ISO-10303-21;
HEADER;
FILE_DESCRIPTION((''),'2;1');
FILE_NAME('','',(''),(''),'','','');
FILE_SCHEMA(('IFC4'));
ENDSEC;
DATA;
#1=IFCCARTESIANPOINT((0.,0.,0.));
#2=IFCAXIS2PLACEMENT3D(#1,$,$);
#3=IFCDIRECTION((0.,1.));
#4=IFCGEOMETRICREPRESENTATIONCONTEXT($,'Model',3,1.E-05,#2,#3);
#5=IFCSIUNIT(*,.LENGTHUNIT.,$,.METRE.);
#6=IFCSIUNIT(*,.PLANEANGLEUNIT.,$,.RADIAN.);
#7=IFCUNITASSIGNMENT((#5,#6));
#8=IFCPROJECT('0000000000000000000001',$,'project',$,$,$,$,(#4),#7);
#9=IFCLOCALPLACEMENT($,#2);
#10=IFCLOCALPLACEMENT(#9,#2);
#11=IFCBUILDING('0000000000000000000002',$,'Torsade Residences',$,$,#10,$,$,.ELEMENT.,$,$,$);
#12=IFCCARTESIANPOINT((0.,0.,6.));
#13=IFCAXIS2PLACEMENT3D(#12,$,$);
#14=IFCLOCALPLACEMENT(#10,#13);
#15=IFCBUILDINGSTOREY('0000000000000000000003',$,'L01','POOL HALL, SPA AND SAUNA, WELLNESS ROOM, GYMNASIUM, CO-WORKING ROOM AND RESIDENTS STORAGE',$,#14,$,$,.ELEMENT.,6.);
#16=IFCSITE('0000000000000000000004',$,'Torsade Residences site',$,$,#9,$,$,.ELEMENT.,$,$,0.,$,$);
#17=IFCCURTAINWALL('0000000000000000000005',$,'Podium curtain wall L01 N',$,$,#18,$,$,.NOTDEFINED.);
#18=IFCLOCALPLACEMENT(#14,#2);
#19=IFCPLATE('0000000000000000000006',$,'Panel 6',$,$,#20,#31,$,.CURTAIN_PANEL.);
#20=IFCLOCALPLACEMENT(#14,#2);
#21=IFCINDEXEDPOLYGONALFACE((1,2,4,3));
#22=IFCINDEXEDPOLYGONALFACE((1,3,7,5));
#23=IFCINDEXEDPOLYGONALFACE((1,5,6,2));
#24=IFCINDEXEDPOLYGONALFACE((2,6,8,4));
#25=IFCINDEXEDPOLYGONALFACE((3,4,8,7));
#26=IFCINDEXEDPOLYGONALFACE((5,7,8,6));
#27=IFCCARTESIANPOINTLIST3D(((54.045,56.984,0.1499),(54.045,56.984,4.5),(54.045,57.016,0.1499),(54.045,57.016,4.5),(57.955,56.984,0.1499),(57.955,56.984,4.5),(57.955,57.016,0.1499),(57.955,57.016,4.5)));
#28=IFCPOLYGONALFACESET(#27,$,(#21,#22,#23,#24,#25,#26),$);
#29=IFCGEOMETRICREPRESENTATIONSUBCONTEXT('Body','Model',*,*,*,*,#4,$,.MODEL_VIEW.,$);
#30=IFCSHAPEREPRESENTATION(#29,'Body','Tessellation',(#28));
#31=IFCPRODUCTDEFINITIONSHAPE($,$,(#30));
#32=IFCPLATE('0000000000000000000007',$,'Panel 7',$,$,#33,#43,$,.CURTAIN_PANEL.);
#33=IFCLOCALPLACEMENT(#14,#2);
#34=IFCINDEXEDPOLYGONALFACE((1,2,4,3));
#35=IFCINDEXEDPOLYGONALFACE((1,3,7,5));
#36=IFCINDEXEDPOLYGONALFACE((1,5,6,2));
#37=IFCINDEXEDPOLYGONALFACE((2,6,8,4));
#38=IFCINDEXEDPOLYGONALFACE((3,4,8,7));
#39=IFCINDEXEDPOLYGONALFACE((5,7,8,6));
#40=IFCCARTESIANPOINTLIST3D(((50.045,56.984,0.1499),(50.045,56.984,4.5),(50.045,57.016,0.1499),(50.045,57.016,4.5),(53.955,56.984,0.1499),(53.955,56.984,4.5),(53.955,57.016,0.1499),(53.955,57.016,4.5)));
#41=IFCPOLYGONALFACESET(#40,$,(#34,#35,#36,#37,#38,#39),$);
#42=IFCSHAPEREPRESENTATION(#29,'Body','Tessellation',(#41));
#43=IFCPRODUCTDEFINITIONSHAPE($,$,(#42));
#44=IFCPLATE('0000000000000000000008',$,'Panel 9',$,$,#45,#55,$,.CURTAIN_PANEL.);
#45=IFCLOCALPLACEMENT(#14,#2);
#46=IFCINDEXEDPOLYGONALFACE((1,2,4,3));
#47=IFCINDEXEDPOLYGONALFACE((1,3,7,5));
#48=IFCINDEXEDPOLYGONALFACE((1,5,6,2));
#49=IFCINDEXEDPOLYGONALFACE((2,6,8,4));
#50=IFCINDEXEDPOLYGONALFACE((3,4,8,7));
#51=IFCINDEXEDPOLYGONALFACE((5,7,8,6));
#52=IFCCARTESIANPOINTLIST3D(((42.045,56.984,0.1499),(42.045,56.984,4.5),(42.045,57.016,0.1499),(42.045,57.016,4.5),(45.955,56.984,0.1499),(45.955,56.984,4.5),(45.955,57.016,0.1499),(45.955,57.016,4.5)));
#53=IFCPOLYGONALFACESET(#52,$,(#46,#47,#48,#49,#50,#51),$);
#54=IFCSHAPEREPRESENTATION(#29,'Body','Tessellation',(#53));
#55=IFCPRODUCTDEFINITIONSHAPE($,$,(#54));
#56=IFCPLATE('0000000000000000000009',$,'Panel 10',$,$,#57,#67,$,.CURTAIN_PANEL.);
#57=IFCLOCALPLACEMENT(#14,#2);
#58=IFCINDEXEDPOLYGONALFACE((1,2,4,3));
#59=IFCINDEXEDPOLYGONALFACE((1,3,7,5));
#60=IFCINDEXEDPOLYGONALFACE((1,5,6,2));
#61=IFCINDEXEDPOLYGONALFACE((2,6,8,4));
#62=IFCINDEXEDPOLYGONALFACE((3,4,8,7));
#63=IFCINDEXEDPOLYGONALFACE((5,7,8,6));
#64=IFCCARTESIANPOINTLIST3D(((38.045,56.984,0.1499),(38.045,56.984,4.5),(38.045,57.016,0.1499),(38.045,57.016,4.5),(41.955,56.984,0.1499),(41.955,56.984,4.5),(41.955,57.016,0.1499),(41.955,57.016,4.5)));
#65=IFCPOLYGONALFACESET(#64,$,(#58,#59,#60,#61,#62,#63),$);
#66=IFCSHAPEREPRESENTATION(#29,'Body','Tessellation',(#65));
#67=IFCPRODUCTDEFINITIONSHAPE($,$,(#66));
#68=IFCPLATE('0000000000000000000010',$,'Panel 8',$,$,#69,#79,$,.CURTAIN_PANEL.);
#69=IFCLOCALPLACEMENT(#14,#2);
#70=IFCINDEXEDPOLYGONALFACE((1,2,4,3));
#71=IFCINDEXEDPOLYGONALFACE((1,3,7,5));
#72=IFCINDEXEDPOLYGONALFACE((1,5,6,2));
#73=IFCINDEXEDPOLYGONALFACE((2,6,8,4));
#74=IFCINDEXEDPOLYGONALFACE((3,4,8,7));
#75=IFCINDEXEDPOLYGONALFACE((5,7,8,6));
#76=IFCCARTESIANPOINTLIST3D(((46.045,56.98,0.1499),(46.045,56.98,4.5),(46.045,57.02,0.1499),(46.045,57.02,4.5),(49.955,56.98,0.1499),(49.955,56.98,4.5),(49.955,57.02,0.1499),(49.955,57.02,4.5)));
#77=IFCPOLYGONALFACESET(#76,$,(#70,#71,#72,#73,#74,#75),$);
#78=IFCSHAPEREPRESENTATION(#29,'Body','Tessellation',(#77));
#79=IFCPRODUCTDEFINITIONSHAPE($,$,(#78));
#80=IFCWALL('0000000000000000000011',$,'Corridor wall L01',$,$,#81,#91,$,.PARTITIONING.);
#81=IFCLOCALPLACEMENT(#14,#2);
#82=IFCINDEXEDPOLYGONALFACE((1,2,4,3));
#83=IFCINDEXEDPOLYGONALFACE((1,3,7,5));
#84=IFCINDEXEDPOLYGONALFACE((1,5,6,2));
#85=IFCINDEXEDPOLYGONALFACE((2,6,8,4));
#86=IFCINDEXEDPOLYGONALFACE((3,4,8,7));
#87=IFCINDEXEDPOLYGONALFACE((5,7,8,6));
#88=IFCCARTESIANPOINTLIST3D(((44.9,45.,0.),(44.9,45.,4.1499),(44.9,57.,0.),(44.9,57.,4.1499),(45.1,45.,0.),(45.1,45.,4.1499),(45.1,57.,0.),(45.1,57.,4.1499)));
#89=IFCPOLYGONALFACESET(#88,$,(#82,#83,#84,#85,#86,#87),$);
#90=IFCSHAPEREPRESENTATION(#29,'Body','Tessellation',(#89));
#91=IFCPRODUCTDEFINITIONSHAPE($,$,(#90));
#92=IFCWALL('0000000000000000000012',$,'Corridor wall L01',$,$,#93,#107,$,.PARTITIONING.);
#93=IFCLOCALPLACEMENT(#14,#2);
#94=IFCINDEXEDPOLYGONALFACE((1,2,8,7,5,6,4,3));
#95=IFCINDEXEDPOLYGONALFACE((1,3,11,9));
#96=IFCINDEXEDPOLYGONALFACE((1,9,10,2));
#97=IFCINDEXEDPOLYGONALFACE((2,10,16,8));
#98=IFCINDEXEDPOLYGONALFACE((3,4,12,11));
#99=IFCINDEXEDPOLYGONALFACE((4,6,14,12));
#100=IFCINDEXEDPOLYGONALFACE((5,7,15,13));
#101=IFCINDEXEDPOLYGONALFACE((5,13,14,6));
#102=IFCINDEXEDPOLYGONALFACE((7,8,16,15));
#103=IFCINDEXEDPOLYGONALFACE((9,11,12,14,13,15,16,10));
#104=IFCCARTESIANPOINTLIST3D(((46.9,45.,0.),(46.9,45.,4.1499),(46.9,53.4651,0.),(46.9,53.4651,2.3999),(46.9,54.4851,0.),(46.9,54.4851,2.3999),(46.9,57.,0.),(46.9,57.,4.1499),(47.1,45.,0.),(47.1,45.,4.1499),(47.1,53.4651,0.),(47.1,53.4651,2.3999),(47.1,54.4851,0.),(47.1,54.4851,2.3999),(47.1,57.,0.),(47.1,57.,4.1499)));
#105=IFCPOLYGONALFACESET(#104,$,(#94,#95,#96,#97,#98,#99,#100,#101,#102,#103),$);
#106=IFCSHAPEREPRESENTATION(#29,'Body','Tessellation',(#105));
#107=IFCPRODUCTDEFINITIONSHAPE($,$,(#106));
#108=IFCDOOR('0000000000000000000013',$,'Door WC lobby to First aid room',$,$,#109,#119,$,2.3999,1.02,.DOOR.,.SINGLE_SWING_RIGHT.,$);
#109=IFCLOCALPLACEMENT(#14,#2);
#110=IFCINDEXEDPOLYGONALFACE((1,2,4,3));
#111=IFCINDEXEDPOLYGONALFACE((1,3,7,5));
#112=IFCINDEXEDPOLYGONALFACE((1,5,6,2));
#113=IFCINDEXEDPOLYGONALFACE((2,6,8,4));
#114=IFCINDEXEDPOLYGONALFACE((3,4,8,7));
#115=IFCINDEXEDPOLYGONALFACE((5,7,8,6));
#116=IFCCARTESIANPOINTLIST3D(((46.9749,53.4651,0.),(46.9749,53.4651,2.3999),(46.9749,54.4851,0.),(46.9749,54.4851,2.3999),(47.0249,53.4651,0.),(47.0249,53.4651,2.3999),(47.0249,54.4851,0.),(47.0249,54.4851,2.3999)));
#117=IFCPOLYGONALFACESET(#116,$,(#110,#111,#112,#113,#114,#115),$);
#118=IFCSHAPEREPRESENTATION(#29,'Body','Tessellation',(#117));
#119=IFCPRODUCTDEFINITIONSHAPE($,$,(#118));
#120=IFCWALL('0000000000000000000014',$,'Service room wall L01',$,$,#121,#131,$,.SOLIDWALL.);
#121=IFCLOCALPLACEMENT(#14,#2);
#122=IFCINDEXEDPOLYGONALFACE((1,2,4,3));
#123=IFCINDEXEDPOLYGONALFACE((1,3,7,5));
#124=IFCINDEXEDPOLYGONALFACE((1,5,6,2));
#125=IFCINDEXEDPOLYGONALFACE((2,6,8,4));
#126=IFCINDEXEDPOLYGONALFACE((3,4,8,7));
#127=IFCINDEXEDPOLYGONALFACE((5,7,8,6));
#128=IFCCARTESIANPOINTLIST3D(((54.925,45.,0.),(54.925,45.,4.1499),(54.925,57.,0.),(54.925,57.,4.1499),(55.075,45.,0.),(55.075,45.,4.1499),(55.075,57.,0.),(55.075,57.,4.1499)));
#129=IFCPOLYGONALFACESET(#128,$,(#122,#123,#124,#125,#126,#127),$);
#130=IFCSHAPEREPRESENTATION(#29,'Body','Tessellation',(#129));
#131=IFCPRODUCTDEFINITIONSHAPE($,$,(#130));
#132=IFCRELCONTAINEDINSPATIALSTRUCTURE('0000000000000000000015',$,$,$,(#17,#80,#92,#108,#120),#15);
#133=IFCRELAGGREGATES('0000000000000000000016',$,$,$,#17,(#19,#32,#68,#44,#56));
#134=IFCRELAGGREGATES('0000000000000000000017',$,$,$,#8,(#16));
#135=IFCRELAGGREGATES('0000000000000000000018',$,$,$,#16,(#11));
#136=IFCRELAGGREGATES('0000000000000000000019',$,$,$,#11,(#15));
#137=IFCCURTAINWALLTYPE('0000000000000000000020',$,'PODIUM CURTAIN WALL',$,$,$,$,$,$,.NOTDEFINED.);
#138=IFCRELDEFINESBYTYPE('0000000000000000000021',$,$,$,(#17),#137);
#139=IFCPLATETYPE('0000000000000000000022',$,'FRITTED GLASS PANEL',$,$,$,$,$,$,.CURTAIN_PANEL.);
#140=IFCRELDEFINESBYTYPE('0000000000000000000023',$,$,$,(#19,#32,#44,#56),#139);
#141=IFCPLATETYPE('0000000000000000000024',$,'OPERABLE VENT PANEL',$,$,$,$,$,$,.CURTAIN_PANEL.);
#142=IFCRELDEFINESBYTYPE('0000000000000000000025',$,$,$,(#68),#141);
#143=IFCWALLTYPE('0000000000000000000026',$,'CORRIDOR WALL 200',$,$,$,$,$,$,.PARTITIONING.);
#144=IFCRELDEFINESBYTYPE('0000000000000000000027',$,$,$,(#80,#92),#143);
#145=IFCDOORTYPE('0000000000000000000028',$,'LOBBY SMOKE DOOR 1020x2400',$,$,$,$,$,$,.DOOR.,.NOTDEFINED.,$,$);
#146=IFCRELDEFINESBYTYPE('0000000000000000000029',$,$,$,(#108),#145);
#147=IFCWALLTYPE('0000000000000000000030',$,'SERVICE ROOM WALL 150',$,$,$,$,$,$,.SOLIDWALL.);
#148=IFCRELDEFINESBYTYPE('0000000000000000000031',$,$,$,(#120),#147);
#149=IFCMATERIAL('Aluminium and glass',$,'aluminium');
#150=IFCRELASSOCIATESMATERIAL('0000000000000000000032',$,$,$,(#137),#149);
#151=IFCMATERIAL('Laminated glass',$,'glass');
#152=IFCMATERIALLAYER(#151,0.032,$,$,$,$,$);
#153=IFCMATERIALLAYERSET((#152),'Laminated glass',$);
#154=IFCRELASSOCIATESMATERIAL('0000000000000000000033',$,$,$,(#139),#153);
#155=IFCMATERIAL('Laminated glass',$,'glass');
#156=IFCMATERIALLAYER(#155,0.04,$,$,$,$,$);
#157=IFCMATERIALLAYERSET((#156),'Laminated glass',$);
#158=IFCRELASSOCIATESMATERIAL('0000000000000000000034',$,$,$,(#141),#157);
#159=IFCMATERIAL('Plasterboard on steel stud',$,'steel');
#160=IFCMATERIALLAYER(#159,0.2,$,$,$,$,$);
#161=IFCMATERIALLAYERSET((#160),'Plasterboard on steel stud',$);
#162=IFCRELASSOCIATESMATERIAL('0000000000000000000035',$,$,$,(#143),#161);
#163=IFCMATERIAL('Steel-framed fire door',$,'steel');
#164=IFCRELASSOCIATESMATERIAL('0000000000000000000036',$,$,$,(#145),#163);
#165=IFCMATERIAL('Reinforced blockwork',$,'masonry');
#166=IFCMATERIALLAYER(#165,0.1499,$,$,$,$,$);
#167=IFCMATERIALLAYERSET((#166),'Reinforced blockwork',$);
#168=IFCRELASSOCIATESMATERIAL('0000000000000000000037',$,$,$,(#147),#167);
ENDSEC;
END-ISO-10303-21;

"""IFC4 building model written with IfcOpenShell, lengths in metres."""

from ifc_helpers import new_model, si_unit, direction, frame, frame_2d, origin, origin_2d, place, context, subcontext, project, spatial, rectangle, extrude, material, layer, layer_set, type_object, element, fill, aggregate, save


model = new_model("IFC4")

# Units and contexts
model_context = context("Model", 3, precision=1e-05, world=origin(), true_north=direction((0.0, 1.0)))
body_context = subcontext(model_context, "Body", "Model", "MODEL_VIEW")
ifc_project = project(units=[si_unit("LENGTHUNIT", "METRE"), si_unit("PLANEANGLEUNIT", "RADIAN")], contexts=[model_context])

# Site, building, storey
site_placement = place(None, origin())
site = spatial("IfcSite", under=ifc_project, at=site_placement, Name="Torsade Residences site", CompositionType="ELEMENT", RefElevation=0.0)
building_placement = place(site_placement, origin())
building = spatial("IfcBuilding", under=site, at=building_placement, Name="Torsade Residences", CompositionType="ELEMENT")
storey_placement = place(building_placement, frame((0.0, 0.0, 6.0)))
storey = spatial("IfcBuildingStorey", under=building, at=storey_placement, Name="L01", Description="POOL HALL, SPA AND SAUNA, WELLNESS ROOM, GYMNASIUM, CO-WORKING ROOM AND RESIDENTS STORAGE", CompositionType="ELEMENT", Elevation=6.0)

# Curtain wall, plates
ifc_material_1 = material(Name="Aluminium and glass", Category="aluminium")
curtain_wall_type = type_object("IfcCurtainWallType", Name="PODIUM CURTAIN WALL", PredefinedType="NOTDEFINED", material=ifc_material_1)
curtain_wall_placement = place(storey_placement, origin())
curtain_wall = element("IfcCurtainWall", 1, at=curtain_wall_placement, inside=storey, type_object=curtain_wall_type, Name="Podium curtain wall L01 N", PredefinedType="NOTDEFINED")
ifc_material_2 = material(Name="Laminated glass", Category="glass")
ifc_layer_1 = layer(ifc_material_2, 0.032)
ifc_layer_set_1 = layer_set([ifc_layer_1], Name="Laminated glass")
plate_type_1 = type_object("IfcPlateType", Name="FRITTED GLASS PANEL", PredefinedType="CURTAIN_PANEL", material=ifc_layer_set_1)
plate_1_placement = place(storey_placement, frame((56.0, 57.0, 0.1499), z_axis=(0.0, 0.0, 1.0), x_axis=(-1.0, 0.0, 0.0)))
plate_1 = element("IfcPlate", 2, at=plate_1_placement, type_object=plate_type_1, Name="Panel 6", PredefinedType="CURTAIN_PANEL", context=body_context, shape_type="SweptSolid", body=[
    extrude(rectangle(XDim=3.9099, YDim=0.032, at=origin_2d()), origin(), (0.0, 0.0, 1.0), 4.3501),
])
plate_2_placement = place(storey_placement, frame((52.0, 57.0, 0.1499), z_axis=(0.0, 0.0, 1.0), x_axis=(-1.0, 0.0, 0.0)))
plate_2 = element("IfcPlate", 3, at=plate_2_placement, type_object=plate_type_1, Name="Panel 7", PredefinedType="CURTAIN_PANEL", context=body_context, shape_type="SweptSolid", body=[
    extrude(rectangle(XDim=3.9099, YDim=0.032, at=origin_2d()), origin(), (0.0, 0.0, 1.0), 4.3501),
])
plate_3_placement = place(storey_placement, frame((44.0, 57.0, 0.1499), z_axis=(0.0, 0.0, 1.0), x_axis=(-1.0, 0.0, 0.0)))
plate_3 = element("IfcPlate", 4, at=plate_3_placement, type_object=plate_type_1, Name="Panel 9", PredefinedType="CURTAIN_PANEL", context=body_context, shape_type="SweptSolid", body=[
    extrude(rectangle(XDim=3.9099, YDim=0.032, at=origin_2d()), origin(), (0.0, 0.0, 1.0), 4.3501),
])
plate_4_placement = place(storey_placement, frame((40.0, 57.0, 0.1499), z_axis=(0.0, 0.0, 1.0), x_axis=(-1.0, 0.0, 0.0)))
plate_4 = element("IfcPlate", 5, at=plate_4_placement, type_object=plate_type_1, Name="Panel 10", PredefinedType="CURTAIN_PANEL", context=body_context, shape_type="SweptSolid", body=[
    extrude(rectangle(XDim=3.9099, YDim=0.032, at=origin_2d()), origin(), (0.0, 0.0, 1.0), 4.3501),
])
ifc_material_3 = material(Name="Laminated glass", Category="glass")
ifc_layer_2 = layer(ifc_material_3, 0.04)
ifc_layer_set_2 = layer_set([ifc_layer_2], Name="Laminated glass")
plate_type_2 = type_object("IfcPlateType", Name="OPERABLE VENT PANEL", PredefinedType="CURTAIN_PANEL", material=ifc_layer_set_2)
plate_5_placement = place(storey_placement, frame((48.0, 57.0, 0.1499), z_axis=(0.0, 0.0, 1.0), x_axis=(-1.0, 0.0, 0.0)))
plate_5 = element("IfcPlate", 6, at=plate_5_placement, type_object=plate_type_2, Name="Panel 8", PredefinedType="CURTAIN_PANEL", context=body_context, shape_type="SweptSolid", body=[
    extrude(rectangle(XDim=3.9099, YDim=0.04, at=origin_2d()), origin(), (0.0, 0.0, 1.0), 4.3501),
])
aggregate(curtain_wall, [plate_1, plate_2, plate_5, plate_3, plate_4])

# Wall
ifc_material_4 = material(Name="Plasterboard on steel stud", Category="steel")
ifc_layer_3 = layer(ifc_material_4, 0.2)
ifc_layer_set_3 = layer_set([ifc_layer_3], Name="Plasterboard on steel stud")
wall_type_1 = type_object("IfcWallType", Name="CORRIDOR WALL 200", PredefinedType="PARTITIONING", material=ifc_layer_set_3)
wall_1_placement = place(storey_placement, frame((45.0, 57.0, 0.0), z_axis=(0.0, 0.0, 1.0), x_axis=(0.0, -1.0, 0.0)))
element("IfcWall", 7, at=wall_1_placement, inside=storey, type_object=wall_type_1, Name="Corridor wall L01", PredefinedType="PARTITIONING", context=body_context, shape_type="SweptSolid", body=[
    extrude(rectangle(XDim=12.0, YDim=0.2, at=frame_2d((6.0, 0.0))), origin(), (0.0, 0.0, 1.0), 4.1499),
])

# Wall, opening, door
wall_2_placement = place(storey_placement, frame((47.0, 57.0, 0.0), z_axis=(0.0, 0.0, 1.0), x_axis=(0.0, -1.0, 0.0)))
wall_2 = element("IfcWall", 8, at=wall_2_placement, inside=storey, type_object=wall_type_1, Name="Corridor wall L01", PredefinedType="PARTITIONING", context=body_context, shape_type="SweptSolid", body=[
    extrude(rectangle(XDim=12.0, YDim=0.2, at=frame_2d((6.0, 0.0))), origin(), (0.0, 0.0, 1.0), 4.1499),
])
opening_placement = place(wall_2_placement, frame((2.5149, 0.0, 0.0)))
opening = element("IfcOpeningElement", 9, at=opening_placement, cuts=wall_2, PredefinedType="OPENING", context=body_context, shape_type="SweptSolid", body=[
    extrude(rectangle(XDim=1.02, YDim=2.3999, at=frame_2d((0.51, 1.2))), frame((0.0, 0.1099, 0.0), z_axis=(0.0, -1.0, 0.0), x_axis=(1.0, 0.0, 0.0)), (0.0, 0.0, 1.0), 0.22),
])
ifc_material_5 = material(Name="Steel-framed fire door", Category="steel")
door_type = type_object("IfcDoorType", Name="LOBBY SMOKE DOOR 1020x2400", OperationType="NOTDEFINED", PredefinedType="DOOR", material=ifc_material_5)
door_placement = place(opening_placement, origin())
door = element("IfcDoor", 10, at=door_placement, inside=storey, type_object=door_type, Name="Door WC lobby to First aid room", OperationType="SINGLE_SWING_RIGHT", OverallHeight=2.3999, OverallWidth=1.02, PredefinedType="DOOR", context=body_context, shape_type="SweptSolid", body=[
    extrude(rectangle(XDim=1.02, YDim=2.3999, at=frame_2d((0.51, 1.2))), frame((0.0, 0.0249, 0.0), z_axis=(0.0, -1.0, 0.0), x_axis=(1.0, 0.0, 0.0)), (0.0, 0.0, 1.0), 0.05),
])
fill(opening, door)

# Wall
ifc_material_6 = material(Name="Reinforced blockwork", Category="masonry")
ifc_layer_4 = layer(ifc_material_6, 0.1499)
ifc_layer_set_4 = layer_set([ifc_layer_4], Name="Reinforced blockwork")
wall_type_2 = type_object("IfcWallType", Name="SERVICE ROOM WALL 150", PredefinedType="SOLIDWALL", material=ifc_layer_set_4)
wall_3_placement = place(storey_placement, frame((55.0, 57.0, 0.0), z_axis=(0.0, 0.0, 1.0), x_axis=(0.0, -1.0, 0.0)))
element("IfcWall", 11, at=wall_3_placement, inside=storey, type_object=wall_type_2, Name="Service room wall L01", PredefinedType="SOLIDWALL", context=body_context, shape_type="SweptSolid", body=[
    extrude(rectangle(XDim=12.0, YDim=0.1499, at=frame_2d((6.0, 0.0))), origin(), (0.0, 0.0, 1.0), 4.1499),
])

save(model, "model.ifc")
